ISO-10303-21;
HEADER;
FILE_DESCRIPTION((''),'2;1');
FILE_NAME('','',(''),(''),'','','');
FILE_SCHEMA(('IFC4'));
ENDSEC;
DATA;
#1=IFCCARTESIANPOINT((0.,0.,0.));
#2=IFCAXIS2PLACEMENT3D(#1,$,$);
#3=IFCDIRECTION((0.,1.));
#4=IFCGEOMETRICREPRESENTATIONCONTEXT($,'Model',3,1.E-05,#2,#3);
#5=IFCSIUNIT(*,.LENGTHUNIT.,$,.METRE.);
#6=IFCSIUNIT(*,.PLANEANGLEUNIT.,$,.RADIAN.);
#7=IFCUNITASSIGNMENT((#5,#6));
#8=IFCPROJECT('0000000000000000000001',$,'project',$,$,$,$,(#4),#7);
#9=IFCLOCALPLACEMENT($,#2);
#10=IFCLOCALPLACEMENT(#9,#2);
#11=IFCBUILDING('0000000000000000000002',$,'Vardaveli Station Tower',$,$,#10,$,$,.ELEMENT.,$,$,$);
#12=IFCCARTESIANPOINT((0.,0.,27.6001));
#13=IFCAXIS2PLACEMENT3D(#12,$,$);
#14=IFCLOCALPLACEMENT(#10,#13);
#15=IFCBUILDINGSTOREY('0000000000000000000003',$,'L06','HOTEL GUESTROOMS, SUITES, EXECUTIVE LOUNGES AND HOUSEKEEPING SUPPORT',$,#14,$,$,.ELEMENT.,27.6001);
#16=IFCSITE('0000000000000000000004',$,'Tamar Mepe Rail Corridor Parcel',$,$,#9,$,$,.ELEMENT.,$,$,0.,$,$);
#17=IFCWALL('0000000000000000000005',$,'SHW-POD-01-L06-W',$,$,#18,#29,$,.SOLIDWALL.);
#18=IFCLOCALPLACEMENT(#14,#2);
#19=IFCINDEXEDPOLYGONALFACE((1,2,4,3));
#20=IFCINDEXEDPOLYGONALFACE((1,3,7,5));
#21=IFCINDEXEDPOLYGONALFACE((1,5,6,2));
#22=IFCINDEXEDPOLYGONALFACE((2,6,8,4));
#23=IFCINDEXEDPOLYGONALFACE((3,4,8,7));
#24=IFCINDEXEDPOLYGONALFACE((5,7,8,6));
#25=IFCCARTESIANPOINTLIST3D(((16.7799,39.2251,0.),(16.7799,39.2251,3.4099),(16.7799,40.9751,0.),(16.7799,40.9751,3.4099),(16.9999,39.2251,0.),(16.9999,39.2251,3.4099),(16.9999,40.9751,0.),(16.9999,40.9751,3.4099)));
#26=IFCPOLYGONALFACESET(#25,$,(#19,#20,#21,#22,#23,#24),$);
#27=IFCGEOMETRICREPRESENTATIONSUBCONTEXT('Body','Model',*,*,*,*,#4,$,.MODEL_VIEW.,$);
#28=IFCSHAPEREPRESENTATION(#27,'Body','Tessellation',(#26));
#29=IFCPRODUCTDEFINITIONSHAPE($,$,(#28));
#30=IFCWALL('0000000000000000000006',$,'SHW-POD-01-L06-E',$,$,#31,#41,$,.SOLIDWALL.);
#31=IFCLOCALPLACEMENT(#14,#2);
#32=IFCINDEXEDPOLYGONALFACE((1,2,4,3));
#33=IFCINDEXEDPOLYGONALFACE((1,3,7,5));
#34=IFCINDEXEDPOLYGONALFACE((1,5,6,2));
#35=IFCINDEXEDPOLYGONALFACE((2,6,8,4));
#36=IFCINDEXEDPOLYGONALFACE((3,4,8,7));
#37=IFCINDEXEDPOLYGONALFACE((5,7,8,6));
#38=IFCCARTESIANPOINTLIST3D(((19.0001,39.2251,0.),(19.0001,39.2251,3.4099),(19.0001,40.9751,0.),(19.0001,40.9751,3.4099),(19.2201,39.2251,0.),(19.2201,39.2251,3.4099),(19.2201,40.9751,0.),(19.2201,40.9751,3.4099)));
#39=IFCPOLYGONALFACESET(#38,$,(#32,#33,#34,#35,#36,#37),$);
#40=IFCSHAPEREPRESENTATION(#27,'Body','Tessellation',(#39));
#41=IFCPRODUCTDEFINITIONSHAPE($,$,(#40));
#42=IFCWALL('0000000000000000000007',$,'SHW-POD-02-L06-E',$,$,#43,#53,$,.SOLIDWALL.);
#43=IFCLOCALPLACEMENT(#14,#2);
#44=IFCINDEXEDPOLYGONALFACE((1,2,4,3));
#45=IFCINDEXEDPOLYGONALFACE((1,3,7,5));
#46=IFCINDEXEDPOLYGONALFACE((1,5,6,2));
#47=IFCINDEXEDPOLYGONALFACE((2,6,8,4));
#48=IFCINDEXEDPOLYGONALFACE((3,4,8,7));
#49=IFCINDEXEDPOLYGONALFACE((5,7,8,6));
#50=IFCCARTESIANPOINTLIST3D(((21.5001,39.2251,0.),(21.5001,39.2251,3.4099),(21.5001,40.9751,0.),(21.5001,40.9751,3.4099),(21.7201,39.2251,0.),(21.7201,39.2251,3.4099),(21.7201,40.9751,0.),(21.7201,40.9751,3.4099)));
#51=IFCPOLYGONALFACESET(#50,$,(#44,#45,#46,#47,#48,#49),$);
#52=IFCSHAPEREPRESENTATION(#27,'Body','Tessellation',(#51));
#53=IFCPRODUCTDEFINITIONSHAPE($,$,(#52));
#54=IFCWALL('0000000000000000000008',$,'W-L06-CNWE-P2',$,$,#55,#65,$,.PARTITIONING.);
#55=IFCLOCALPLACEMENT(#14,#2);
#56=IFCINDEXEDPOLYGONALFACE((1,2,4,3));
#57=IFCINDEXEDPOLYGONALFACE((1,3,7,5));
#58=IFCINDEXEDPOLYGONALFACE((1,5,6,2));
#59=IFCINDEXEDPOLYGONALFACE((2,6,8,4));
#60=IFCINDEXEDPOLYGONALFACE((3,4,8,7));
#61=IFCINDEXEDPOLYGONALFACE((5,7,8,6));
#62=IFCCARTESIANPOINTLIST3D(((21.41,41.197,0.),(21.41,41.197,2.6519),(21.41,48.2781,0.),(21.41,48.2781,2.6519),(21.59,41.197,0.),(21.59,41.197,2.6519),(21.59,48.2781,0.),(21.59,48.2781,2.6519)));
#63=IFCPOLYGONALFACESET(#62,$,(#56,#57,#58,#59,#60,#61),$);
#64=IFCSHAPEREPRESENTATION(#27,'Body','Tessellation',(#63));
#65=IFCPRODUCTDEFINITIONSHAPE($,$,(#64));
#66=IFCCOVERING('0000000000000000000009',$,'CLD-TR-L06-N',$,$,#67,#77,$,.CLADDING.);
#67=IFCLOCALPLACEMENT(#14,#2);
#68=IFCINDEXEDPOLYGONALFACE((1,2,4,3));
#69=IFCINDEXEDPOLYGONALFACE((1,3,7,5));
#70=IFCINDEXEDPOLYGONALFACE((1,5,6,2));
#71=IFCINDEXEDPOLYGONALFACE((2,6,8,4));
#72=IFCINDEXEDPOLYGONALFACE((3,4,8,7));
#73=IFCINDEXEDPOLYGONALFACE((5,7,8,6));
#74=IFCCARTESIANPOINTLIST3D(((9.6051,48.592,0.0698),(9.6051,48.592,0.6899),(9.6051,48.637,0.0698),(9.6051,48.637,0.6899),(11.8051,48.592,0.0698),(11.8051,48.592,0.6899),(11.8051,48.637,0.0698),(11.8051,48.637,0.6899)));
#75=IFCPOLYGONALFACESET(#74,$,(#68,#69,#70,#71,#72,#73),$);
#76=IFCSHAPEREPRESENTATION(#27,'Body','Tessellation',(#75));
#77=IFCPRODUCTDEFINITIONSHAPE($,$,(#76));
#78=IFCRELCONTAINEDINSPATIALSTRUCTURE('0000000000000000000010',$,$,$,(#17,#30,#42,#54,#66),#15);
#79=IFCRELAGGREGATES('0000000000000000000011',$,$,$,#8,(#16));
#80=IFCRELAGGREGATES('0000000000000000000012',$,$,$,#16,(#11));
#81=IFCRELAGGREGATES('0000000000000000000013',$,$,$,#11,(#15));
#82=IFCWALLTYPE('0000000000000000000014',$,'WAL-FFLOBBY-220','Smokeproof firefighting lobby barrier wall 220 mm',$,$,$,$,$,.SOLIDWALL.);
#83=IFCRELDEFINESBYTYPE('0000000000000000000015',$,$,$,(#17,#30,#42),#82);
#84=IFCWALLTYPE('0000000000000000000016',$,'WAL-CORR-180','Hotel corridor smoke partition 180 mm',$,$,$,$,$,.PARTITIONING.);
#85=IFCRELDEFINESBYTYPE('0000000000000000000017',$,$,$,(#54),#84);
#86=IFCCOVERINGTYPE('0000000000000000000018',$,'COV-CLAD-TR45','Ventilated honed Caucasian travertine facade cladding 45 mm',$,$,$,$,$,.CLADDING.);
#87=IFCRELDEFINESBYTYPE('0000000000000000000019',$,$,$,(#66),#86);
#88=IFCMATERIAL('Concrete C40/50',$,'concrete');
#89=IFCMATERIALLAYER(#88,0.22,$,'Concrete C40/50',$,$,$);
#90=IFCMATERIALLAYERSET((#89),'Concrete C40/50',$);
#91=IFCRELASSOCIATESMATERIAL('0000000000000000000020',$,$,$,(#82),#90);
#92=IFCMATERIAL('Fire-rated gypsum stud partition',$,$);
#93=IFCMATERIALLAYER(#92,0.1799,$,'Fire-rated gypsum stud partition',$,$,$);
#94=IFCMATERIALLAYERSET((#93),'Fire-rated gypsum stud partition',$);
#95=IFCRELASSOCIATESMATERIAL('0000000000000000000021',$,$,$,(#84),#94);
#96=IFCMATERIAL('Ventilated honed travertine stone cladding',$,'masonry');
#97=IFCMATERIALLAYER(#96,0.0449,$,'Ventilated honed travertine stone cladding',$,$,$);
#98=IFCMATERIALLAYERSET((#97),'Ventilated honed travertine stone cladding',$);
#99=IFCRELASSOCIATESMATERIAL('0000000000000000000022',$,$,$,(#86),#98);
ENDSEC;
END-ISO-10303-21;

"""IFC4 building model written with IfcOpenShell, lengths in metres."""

from ifc_helpers import new_model, si_unit, direction, frame, frame_2d, origin, origin_2d, place, context, subcontext, project, spatial, rectangle, extrude, source, transform, mapped, material, layer, layer_set, type_object, element, save


model = new_model("IFC4")

# Units and contexts
model_context = context("Model", 3, precision=1e-05, world=origin(), true_north=direction((0.0, 1.0)))
body_context = subcontext(model_context, "Body", "Model", "MODEL_VIEW")
ifc_project = project(units=[si_unit("LENGTHUNIT", "METRE"), si_unit("PLANEANGLEUNIT", "RADIAN")], contexts=[model_context])

# Site, building, storey
site_placement = place(None, origin())
site = spatial("IfcSite", under=ifc_project, at=site_placement, Name="Tamar Mepe Rail Corridor Parcel", CompositionType="ELEMENT", RefElevation=0.0)
building_placement = place(site_placement, origin())
building = spatial("IfcBuilding", under=site, at=building_placement, Name="Vardaveli Station Tower", CompositionType="ELEMENT")
storey_placement = place(building_placement, frame((0.0, 0.0, 27.6001)))
storey = spatial("IfcBuildingStorey", under=building, at=storey_placement, Name="L06", Description="HOTEL GUESTROOMS, SUITES, EXECUTIVE LOUNGES AND HOUSEKEEPING SUPPORT", CompositionType="ELEMENT", Elevation=27.6001)

# Walls
ifc_material_1 = material(Name="Concrete C40/50", Category="concrete")
ifc_layer_1 = layer(ifc_material_1, 0.22, Name="Concrete C40/50")
ifc_layer_set_1 = layer_set([ifc_layer_1], Name="Concrete C40/50")
wall_type_1 = type_object("IfcWallType", Name="WAL-FFLOBBY-220", Description="Smokeproof firefighting lobby barrier wall 220 mm", PredefinedType="SOLIDWALL", material=ifc_layer_set_1)
shared_shape_1 = source(origin(), body_context, "Body", "SweptSolid", [
    extrude(rectangle(XDim=1.75, YDim=0.22, at=frame_2d((0.875, 0.0))), origin(), (0.0, 0.0, 1.0), 3.4099),
])
for number, where, z_axis, x_axis, name in (
    (1, (16.8899, 39.2251, 0.0), (0.0, 0.0, 1.0), (0.0, 1.0, 0.0), "SHW-POD-01-L06-W"),
    (2, (19.1101, 39.2251, 0.0), (0.0, 0.0, 1.0), (0.0, 1.0, 0.0), "SHW-POD-01-L06-E"),
    (3, (21.6101, 39.2251, 0.0), (0.0, 0.0, 1.0), (0.0, 1.0, 0.0), "SHW-POD-02-L06-E"),
):
    element("IfcWall", number, at=place(storey_placement, frame(where, z_axis=z_axis, x_axis=x_axis)), inside=storey, type_object=wall_type_1, Name=name, PredefinedType="SOLIDWALL", context=body_context, shape_type="MappedRepresentation", body=[
        mapped(shared_shape_1, transform((0.0, 0.0, 0.0), scale=1.0)),
    ])
ifc_material_2 = material(Name="Fire-rated gypsum stud partition")
ifc_layer_2 = layer(ifc_material_2, 0.1799, Name="Fire-rated gypsum stud partition")
ifc_layer_set_2 = layer_set([ifc_layer_2], Name="Fire-rated gypsum stud partition")
wall_type_2 = type_object("IfcWallType", Name="WAL-CORR-180", Description="Hotel corridor smoke partition 180 mm", PredefinedType="PARTITIONING", material=ifc_layer_set_2)
shared_shape_2 = source(origin(), body_context, "Body", "SweptSolid", [
    extrude(rectangle(XDim=7.0811, YDim=0.1799, at=frame_2d((3.5405, 0.0))), origin(), (0.0, 0.0, 1.0), 2.6519),
])
wall_1_placement = place(storey_placement, frame((21.5, 41.197, 0.0), z_axis=(0.0, 0.0, 1.0), x_axis=(0.0, 1.0, 0.0)))
element("IfcWall", 4, at=wall_1_placement, inside=storey, type_object=wall_type_2, Name="W-L06-CNWE-P2", PredefinedType="PARTITIONING", context=body_context, shape_type="MappedRepresentation", body=[
    mapped(shared_shape_2, transform((0.0, 0.0, 0.0), scale=1.0)),
])

# Covering
ifc_material_3 = material(Name="Ventilated honed travertine stone cladding", Category="masonry")
ifc_layer_3 = layer(ifc_material_3, 0.0449, Name="Ventilated honed travertine stone cladding")
ifc_layer_set_3 = layer_set([ifc_layer_3], Name="Ventilated honed travertine stone cladding")
covering_type = type_object("IfcCoveringType", Name="COV-CLAD-TR45", Description="Ventilated honed Caucasian travertine facade cladding 45 mm", PredefinedType="CLADDING", material=ifc_layer_set_3)
shared_shape_3 = source(origin(), body_context, "Body", "SweptSolid", [
    extrude(rectangle(XDim=2.2, YDim=0.0449, at=origin_2d()), origin(), (0.0, 0.0, 1.0), 0.6201),
])
covering_placement = place(storey_placement, frame((10.7051, 48.6145, 0.0698), z_axis=(0.0, 0.0, 1.0), x_axis=(1.0, 0.0, 0.0)))
element("IfcCovering", 5, at=covering_placement, inside=storey, type_object=covering_type, Name="CLD-TR-L06-N", PredefinedType="CLADDING", context=body_context, shape_type="MappedRepresentation", body=[
    mapped(shared_shape_3, transform((0.0, 0.0, 0.0), scale=1.0)),
])

save(model, "model.ifc")
